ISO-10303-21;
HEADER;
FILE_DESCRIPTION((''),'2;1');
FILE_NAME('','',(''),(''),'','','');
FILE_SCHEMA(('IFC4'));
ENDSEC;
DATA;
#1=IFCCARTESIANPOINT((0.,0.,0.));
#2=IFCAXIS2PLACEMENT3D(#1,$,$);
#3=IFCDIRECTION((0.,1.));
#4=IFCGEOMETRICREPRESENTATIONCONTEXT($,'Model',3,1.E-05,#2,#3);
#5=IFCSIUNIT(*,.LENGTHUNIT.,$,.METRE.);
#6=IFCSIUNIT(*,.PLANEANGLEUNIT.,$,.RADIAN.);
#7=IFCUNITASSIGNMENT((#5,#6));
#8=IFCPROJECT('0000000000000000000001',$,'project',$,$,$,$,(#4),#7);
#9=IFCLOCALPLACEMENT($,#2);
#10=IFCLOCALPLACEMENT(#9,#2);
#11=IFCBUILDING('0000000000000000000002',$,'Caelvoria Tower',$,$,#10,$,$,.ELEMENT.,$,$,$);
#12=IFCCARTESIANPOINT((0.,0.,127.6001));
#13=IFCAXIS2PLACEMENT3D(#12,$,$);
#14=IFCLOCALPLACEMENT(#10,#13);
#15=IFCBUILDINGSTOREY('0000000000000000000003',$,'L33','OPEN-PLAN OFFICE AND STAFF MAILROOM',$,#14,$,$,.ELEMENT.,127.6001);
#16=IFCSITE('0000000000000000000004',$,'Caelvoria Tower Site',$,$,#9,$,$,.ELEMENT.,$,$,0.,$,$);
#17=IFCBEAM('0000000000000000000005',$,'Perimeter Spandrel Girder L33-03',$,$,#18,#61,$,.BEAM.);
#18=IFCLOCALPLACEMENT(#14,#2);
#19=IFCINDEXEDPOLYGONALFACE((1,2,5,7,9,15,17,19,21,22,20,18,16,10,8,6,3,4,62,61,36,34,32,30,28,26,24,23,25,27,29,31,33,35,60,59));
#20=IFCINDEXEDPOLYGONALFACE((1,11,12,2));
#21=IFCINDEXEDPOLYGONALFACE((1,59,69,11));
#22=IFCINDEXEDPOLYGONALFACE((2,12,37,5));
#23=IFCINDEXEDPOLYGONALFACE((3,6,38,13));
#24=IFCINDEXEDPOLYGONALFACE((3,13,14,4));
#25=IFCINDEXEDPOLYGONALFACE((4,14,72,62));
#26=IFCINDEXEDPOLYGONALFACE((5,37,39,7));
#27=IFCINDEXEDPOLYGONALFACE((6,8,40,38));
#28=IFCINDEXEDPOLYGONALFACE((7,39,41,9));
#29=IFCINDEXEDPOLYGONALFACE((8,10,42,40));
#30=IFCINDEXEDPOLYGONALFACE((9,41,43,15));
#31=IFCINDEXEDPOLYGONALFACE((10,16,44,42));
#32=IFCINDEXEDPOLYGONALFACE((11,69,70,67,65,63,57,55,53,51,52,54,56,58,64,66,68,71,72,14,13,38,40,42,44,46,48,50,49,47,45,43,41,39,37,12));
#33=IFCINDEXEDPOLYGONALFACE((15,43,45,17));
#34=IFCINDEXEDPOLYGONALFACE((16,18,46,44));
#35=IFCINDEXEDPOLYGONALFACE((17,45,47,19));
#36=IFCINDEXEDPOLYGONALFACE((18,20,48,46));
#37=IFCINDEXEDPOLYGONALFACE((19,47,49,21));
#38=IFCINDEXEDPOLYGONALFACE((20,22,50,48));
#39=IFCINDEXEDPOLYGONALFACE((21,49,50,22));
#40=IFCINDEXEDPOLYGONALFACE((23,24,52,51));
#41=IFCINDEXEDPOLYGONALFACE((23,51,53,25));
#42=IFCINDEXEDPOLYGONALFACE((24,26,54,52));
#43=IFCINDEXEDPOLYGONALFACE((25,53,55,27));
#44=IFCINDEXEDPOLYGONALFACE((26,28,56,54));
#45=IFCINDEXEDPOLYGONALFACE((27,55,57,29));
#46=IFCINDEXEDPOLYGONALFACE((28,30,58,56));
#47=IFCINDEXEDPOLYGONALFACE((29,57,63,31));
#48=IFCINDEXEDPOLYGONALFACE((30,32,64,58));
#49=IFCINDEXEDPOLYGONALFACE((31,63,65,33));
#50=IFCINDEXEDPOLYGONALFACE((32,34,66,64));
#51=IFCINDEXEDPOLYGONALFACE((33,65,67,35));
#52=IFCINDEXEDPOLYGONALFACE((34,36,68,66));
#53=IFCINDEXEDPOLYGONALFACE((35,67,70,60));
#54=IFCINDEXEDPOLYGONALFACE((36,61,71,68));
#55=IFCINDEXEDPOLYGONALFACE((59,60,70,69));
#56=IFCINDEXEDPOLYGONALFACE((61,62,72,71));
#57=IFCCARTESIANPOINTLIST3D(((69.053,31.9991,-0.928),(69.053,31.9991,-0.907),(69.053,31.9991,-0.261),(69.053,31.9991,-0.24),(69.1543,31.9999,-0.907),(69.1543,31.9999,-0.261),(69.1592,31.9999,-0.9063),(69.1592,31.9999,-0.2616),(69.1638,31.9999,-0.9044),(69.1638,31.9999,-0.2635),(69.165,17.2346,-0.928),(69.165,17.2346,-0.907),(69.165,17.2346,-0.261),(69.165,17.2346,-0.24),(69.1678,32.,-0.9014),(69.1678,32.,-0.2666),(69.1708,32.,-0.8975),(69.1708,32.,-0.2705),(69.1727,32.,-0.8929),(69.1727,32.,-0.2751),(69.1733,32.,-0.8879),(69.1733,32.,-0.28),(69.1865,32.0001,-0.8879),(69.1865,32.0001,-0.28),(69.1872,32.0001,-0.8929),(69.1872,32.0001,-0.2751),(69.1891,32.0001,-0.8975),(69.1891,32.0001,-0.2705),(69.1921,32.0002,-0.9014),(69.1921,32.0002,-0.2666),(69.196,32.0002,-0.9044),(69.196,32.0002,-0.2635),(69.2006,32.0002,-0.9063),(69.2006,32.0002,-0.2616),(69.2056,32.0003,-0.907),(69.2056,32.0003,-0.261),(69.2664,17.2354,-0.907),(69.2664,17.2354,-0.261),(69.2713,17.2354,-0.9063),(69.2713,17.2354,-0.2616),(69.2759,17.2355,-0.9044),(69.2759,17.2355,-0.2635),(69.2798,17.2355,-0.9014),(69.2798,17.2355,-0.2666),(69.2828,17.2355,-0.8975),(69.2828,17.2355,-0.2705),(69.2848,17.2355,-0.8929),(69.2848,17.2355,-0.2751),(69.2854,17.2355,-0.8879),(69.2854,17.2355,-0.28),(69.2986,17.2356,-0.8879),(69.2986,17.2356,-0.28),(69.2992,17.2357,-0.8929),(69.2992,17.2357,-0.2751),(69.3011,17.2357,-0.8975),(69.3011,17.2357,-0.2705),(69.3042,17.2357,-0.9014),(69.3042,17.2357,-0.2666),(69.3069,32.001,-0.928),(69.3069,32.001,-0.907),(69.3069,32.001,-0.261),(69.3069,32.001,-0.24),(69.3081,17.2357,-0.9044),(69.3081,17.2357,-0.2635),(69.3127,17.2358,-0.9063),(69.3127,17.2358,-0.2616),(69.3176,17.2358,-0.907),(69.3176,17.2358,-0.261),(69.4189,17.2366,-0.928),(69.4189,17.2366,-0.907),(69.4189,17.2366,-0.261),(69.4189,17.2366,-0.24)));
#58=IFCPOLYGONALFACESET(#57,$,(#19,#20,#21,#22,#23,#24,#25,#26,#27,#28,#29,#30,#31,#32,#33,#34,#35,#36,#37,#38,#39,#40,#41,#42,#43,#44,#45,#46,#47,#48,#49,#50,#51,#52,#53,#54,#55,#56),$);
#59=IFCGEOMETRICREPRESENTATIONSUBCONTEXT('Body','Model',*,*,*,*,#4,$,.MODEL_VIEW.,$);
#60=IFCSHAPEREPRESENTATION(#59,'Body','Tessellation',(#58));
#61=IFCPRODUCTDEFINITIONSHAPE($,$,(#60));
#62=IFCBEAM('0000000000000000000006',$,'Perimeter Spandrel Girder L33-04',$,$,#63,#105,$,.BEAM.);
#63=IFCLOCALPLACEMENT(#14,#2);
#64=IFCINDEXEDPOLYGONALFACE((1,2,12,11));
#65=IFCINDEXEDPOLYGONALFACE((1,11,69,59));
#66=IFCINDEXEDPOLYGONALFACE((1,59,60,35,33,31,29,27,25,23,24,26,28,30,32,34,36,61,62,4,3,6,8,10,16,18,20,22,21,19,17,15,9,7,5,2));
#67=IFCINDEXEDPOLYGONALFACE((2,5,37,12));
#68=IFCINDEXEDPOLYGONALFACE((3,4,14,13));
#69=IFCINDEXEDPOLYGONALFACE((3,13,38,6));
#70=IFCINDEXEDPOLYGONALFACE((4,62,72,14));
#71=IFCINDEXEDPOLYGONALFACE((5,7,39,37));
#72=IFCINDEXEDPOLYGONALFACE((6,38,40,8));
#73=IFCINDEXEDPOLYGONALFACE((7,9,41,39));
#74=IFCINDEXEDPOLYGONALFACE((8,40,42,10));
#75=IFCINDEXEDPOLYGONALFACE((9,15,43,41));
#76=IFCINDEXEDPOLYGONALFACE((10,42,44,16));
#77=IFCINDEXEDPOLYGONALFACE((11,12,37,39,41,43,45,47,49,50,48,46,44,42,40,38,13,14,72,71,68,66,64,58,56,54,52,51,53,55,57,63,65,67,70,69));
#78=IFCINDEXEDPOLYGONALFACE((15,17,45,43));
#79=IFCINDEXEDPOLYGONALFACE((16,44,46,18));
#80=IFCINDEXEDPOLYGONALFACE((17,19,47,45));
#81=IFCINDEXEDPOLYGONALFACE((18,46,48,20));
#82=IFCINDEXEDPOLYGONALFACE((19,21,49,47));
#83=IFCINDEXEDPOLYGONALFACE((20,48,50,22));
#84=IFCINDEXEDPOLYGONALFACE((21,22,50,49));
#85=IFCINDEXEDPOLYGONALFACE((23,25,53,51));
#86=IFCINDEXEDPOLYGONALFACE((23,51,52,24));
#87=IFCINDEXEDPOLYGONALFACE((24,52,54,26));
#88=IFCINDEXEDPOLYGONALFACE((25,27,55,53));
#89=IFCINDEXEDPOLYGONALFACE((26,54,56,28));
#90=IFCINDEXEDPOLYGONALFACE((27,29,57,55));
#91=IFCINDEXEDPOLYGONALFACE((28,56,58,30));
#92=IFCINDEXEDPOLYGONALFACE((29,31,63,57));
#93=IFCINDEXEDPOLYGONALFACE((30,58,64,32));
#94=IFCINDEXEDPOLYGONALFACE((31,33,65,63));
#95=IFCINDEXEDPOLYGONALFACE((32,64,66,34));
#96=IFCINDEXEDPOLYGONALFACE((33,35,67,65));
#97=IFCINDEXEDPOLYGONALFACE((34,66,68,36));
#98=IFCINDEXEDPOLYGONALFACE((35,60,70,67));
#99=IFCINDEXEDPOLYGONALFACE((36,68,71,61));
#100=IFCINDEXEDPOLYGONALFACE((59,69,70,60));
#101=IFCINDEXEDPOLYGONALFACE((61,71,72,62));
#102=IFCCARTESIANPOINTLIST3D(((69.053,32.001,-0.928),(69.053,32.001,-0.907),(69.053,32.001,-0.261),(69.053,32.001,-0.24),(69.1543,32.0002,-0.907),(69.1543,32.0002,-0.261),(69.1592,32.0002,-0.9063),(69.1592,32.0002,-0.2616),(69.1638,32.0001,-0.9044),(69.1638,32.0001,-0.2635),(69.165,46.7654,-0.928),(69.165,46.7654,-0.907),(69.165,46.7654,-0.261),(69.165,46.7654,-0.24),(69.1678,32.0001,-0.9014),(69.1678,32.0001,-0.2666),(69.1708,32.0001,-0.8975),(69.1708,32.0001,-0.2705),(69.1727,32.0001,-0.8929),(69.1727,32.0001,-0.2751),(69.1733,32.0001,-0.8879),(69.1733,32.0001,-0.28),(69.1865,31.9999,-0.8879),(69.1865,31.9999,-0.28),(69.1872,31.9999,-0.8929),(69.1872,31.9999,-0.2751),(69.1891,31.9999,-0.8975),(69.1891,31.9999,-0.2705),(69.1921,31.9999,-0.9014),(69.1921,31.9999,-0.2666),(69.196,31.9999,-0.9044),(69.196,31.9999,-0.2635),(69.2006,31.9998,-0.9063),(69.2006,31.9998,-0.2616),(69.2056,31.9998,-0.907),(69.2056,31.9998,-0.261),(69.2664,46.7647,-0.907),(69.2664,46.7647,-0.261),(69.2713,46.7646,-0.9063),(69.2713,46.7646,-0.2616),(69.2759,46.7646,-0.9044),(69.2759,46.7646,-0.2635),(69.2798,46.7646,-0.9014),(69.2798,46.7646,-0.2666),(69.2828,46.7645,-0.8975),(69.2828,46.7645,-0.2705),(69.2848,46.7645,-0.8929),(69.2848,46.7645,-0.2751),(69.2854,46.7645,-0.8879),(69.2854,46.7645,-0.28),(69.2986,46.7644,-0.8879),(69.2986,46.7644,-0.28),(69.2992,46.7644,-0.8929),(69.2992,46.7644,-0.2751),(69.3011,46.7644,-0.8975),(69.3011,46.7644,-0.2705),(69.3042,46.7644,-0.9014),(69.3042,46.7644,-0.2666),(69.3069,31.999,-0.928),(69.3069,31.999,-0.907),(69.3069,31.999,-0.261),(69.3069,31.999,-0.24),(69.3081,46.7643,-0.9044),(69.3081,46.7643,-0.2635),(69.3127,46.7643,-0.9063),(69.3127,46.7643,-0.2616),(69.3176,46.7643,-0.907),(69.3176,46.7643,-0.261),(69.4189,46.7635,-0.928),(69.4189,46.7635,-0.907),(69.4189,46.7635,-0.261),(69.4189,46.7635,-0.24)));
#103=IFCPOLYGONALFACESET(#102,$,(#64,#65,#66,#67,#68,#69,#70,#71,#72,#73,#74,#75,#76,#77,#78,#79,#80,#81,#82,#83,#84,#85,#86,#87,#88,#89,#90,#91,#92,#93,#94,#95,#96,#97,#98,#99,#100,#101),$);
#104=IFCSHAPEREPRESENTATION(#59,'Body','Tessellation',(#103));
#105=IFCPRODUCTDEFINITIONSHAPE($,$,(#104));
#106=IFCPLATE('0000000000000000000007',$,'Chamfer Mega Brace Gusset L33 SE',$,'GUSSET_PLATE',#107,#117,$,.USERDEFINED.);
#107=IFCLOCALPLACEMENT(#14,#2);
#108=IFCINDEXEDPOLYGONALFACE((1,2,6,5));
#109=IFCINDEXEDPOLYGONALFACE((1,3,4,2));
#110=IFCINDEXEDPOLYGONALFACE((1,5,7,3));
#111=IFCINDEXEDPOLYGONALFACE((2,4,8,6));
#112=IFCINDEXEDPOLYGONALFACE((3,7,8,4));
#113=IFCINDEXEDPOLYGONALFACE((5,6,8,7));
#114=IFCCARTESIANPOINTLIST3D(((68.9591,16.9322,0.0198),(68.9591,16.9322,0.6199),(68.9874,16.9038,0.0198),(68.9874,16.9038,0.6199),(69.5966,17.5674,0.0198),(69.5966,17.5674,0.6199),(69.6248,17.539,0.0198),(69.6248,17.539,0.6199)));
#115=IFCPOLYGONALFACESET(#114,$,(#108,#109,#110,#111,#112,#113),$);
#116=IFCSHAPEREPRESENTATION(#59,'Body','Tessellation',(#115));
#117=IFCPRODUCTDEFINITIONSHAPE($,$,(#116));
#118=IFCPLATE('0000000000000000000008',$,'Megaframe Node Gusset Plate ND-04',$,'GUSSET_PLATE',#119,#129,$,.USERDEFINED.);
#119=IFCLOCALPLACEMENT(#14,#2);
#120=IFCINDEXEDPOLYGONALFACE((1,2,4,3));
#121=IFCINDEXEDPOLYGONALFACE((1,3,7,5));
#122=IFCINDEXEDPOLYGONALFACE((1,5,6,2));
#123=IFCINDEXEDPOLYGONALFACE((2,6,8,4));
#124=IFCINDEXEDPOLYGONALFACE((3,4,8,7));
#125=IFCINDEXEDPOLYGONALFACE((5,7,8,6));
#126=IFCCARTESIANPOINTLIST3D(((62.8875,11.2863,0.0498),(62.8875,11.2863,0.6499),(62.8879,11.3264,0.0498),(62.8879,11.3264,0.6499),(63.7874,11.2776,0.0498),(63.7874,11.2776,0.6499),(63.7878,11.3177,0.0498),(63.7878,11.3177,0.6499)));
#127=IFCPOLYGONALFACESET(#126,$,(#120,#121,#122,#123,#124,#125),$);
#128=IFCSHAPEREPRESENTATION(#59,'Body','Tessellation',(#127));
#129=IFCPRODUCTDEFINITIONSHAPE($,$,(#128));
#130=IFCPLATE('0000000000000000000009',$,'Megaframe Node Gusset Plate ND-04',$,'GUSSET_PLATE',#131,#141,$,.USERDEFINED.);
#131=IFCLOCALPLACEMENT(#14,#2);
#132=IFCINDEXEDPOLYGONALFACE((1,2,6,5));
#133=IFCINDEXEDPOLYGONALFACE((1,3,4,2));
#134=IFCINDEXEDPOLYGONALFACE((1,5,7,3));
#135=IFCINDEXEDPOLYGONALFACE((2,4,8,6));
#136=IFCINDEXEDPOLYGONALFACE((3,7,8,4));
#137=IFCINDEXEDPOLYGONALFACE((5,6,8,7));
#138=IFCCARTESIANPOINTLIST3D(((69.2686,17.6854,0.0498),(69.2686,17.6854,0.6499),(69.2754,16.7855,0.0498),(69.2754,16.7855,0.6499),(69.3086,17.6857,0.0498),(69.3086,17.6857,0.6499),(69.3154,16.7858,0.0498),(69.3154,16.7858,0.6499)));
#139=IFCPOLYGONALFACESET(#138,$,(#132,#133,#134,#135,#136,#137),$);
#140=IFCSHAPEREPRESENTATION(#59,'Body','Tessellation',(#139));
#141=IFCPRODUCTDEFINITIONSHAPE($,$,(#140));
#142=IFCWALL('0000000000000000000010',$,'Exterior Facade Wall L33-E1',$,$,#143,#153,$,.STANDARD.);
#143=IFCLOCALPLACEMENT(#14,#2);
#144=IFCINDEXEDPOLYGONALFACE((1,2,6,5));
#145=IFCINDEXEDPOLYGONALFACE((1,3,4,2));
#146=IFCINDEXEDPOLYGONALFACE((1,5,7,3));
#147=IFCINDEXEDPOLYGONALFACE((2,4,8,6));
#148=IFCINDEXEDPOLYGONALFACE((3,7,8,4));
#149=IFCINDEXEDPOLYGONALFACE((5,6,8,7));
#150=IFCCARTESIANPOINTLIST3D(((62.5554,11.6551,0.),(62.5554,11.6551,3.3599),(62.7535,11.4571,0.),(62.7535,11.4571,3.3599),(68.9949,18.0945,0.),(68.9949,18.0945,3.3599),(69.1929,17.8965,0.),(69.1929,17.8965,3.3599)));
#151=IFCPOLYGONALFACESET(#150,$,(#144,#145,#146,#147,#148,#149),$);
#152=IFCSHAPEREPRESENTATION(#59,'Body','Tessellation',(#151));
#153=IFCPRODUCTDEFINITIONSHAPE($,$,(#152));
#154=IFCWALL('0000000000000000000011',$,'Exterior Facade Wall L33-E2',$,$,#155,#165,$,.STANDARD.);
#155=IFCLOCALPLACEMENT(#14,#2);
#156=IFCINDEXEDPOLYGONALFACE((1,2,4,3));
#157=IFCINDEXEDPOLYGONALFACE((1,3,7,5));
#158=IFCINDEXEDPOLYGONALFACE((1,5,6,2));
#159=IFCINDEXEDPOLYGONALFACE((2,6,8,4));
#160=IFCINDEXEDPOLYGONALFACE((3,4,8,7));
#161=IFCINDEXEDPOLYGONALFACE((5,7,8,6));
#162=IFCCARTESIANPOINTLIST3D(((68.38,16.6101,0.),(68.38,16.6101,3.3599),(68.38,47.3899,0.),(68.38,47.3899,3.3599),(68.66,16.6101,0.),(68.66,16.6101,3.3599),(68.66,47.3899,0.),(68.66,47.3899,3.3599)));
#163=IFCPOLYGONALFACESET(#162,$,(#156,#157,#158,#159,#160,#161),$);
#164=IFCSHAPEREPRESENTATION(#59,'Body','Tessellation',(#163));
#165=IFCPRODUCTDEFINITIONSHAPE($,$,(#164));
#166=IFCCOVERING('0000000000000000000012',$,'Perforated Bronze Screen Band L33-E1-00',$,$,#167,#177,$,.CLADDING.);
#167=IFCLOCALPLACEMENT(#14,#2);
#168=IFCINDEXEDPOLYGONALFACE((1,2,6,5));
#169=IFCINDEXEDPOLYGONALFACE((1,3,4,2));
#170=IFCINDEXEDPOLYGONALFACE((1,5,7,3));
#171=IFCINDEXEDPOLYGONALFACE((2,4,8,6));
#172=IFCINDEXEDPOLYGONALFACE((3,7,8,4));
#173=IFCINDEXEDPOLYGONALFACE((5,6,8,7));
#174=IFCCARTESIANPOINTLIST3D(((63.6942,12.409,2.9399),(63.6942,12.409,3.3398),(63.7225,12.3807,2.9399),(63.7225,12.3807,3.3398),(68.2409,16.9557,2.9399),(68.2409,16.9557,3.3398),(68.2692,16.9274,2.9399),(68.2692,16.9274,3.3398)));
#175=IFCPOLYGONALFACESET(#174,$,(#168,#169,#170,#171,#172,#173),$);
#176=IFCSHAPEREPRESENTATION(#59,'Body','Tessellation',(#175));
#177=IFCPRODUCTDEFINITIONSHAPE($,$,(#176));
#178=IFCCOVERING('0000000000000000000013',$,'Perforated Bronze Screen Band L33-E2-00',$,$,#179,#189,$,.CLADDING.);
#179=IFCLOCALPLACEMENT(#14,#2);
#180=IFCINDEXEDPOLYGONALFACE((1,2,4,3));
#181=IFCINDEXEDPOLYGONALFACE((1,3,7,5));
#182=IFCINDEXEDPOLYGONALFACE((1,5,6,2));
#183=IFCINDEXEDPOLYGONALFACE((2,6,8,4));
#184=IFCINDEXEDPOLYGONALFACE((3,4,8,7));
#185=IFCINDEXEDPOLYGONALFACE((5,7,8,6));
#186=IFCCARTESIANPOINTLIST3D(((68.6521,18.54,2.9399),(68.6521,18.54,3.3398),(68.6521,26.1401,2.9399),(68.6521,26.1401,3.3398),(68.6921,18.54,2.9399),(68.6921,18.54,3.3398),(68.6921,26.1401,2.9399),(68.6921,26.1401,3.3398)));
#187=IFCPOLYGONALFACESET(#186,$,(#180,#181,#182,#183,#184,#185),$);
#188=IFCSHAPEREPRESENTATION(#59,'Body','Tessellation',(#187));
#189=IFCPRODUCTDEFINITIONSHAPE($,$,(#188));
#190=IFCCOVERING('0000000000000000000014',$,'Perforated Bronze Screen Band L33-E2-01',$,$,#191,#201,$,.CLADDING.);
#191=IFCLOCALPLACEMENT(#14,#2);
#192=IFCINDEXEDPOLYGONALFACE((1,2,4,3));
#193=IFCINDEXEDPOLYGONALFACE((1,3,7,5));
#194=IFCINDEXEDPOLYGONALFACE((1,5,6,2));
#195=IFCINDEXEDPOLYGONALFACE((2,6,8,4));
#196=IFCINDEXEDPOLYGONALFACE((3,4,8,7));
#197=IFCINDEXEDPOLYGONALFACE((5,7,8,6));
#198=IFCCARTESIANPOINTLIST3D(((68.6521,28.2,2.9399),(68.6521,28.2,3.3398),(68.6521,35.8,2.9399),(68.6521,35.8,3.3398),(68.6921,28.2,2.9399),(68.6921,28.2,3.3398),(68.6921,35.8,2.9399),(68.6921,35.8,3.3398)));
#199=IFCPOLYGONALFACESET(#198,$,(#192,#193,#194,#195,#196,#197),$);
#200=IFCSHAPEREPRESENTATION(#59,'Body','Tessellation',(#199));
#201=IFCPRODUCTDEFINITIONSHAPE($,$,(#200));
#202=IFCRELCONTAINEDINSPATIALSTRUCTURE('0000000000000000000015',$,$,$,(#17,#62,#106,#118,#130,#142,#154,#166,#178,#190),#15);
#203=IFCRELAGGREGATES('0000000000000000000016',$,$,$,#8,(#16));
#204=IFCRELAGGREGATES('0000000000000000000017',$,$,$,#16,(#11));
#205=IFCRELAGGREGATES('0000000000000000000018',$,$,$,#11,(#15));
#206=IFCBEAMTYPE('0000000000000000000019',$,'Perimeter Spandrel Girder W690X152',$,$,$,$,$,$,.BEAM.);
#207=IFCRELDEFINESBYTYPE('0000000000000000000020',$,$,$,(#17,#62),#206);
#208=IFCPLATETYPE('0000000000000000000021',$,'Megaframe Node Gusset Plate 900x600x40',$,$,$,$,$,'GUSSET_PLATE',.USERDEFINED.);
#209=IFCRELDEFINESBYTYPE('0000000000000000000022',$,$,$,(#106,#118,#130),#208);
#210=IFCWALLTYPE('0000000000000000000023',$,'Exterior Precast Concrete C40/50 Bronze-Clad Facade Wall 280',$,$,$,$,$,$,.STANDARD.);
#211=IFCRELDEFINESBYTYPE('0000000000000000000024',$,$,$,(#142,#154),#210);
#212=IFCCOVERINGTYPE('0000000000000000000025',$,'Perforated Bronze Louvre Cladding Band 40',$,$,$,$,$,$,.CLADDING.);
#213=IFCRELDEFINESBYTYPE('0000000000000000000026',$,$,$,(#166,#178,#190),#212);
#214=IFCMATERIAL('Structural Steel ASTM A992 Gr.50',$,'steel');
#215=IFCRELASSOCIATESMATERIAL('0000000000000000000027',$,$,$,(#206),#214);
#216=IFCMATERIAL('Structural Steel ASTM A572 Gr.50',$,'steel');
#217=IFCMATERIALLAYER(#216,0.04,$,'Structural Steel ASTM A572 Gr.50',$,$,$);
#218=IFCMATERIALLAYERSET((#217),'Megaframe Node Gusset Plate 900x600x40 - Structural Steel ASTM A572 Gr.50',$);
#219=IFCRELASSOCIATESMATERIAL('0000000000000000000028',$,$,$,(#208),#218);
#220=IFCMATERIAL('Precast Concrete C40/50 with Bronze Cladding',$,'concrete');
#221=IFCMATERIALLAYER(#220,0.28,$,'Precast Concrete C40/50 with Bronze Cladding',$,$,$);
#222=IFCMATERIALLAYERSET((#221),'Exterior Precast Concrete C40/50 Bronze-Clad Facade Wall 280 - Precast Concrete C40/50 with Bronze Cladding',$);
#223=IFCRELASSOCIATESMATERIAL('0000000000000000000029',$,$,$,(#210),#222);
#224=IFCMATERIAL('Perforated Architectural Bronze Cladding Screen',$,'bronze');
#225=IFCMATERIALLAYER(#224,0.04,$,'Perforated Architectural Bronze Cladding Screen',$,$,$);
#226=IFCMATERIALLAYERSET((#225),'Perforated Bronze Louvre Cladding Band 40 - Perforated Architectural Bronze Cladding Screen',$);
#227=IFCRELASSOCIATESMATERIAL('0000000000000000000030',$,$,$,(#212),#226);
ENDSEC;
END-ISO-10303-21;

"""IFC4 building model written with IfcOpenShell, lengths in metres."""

from ifc_helpers import new_model, si_unit, direction, frame, frame_2d, origin, origin_2d, place, context, subcontext, project, spatial, rectangle, i_section, extrude, material, layer, layer_set, material_profile, profile_set, type_object, element, save


model = new_model("IFC4")

# Units and contexts
model_context = context("Model", 3, precision=1e-05, world=origin(), true_north=direction((0.0, 1.0)))
body_context = subcontext(model_context, "Body", "Model", "MODEL_VIEW")
ifc_project = project(units=[si_unit("LENGTHUNIT", "METRE"), si_unit("PLANEANGLEUNIT", "RADIAN")], contexts=[model_context])

# Site, building, storey
site_placement = place(None, origin())
site = spatial("IfcSite", under=ifc_project, at=site_placement, Name="Caelvoria Tower Site", CompositionType="ELEMENT", RefElevation=0.0)
building_placement = place(site_placement, origin())
building = spatial("IfcBuilding", under=site, at=building_placement, Name="Caelvoria Tower", CompositionType="ELEMENT")
storey_placement = place(building_placement, frame((0.0, 0.0, 127.6001)))
storey = spatial("IfcBuildingStorey", under=building, at=storey_placement, Name="L33", Description="OPEN-PLAN OFFICE AND STAFF MAILROOM", CompositionType="ELEMENT", Elevation=127.6001)

# Shared definitions
ifc_material_1 = material(Name="Structural Steel ASTM A572 Gr.50", Category="steel")

# Beams
ifc_material_2 = material(Name="Structural Steel ASTM A992 Gr.50", Category="steel")
ifc_material_profile_1 = material_profile(ifc_material_2, i_section(OverallWidth=0.2539, OverallDepth=0.688, WebThickness=0.0132, FlangeThickness=0.021, FilletRadius=0.019, at=origin_2d()), Name="Structural Steel ASTM A992 Gr.50")
ifc_profile_set_1 = profile_set([ifc_material_profile_1], Name="W690X152 - Structural Steel ASTM A992 Gr.50")
beam_type = type_object("IfcBeamType", Name="Perimeter Spandrel Girder W690X152", PredefinedType="BEAM", material=ifc_profile_set_1)
for number, where, z_axis, x_axis, name in (
    (1, (69.292, 17.2356, -0.584), (-0.00759, 0.999971, 0.0), (-0.999971, -0.00759, 0.0), "Perimeter Spandrel Girder L33-03"),
    (2, (69.1799, 32.0, -0.584), (0.00759, 0.999971, 0.0), (-0.999971, 0.00759, 0.0), "Perimeter Spandrel Girder L33-04"),
):
    element("IfcBeam", number, at=place(storey_placement, frame(where, z_axis=z_axis, x_axis=x_axis)), inside=storey, type_object=beam_type, Name=name, PredefinedType="BEAM", context=body_context, shape_type="SweptSolid", body=[
        extrude(i_section(OverallWidth=0.2539, OverallDepth=0.688, WebThickness=0.0132, FlangeThickness=0.021, FilletRadius=0.019, at=origin_2d()), origin(), (0.0, 0.0, 1.0), 14.7649),
    ])

# Plates
ifc_layer_1 = layer(ifc_material_1, 0.04, Name="Structural Steel ASTM A572 Gr.50")
ifc_layer_set_1 = layer_set([ifc_layer_1], Name="Megaframe Node Gusset Plate 900x600x40 - Structural Steel ASTM A572 Gr.50")
plate_type = type_object("IfcPlateType", Name="Megaframe Node Gusset Plate 900x600x40", ElementType="GUSSET_PLATE", PredefinedType="USERDEFINED", material=ifc_layer_set_1)
for number, where, z_axis, x_axis, name in (
    (3, (69.292, 17.2356, 0.0198), (0.0, 0.0, 1.0), (-0.708331, -0.70588, 0.0), "Chamfer Mega Brace Gusset L33 SE"),
    (4, (63.3376, 11.302, 0.0498), (0.0, 0.0, 1.0), (-0.999953, 0.009695, 0.0), "Megaframe Node Gusset Plate ND-04"),
    (5, (69.292, 17.2356, 0.0498), (0.0, 0.0, 1.0), (-0.007578, 0.999971, 0.0), "Megaframe Node Gusset Plate ND-04"),
):
    element("IfcPlate", number, at=place(storey_placement, frame(where, z_axis=z_axis, x_axis=x_axis)), inside=storey, type_object=plate_type, Name=name, ObjectType="GUSSET_PLATE", PredefinedType="USERDEFINED", context=body_context, shape_type="SweptSolid", body=[
        extrude(rectangle(XDim=0.8999, YDim=0.04, at=origin_2d()), origin(), (0.0, 0.0, 1.0), 0.6001),
    ])

# Walls
ifc_material_3 = material(Name="Precast Concrete C40/50 with Bronze Cladding", Category="concrete")
ifc_layer_2 = layer(ifc_material_3, 0.28, Name="Precast Concrete C40/50 with Bronze Cladding")
ifc_layer_set_2 = layer_set([ifc_layer_2], Name="Exterior Precast Concrete C40/50 Bronze-Clad Facade Wall 280 - Precast Concrete C40/50 with Bronze Cladding")
wall_type = type_object("IfcWallType", Name="Exterior Precast Concrete C40/50 Bronze-Clad Facade Wall 280", PredefinedType="STANDARD", material=ifc_layer_set_2)
wall_1_placement = place(storey_placement, frame((62.6545, 11.5562, 0.0), z_axis=(0.0, 0.0, 1.0), x_axis=(0.707107, 0.707107, 0.0)))
element("IfcWall", 6, at=wall_1_placement, inside=storey, type_object=wall_type, Name="Exterior Facade Wall L33-E1", PredefinedType="STANDARD", context=body_context, shape_type="SweptSolid", body=[
    extrude(rectangle(XDim=9.1067, YDim=0.28, at=frame_2d((4.5532, 0.0))), origin(), (0.0, 0.0, 1.0), 3.3599),
])
wall_2_placement = place(storey_placement, frame((68.52, 16.6101, 0.0), z_axis=(0.0, 0.0, 1.0), x_axis=(0.0, 1.0, 0.0)))
element("IfcWall", 7, at=wall_2_placement, inside=storey, type_object=wall_type, Name="Exterior Facade Wall L33-E2", PredefinedType="STANDARD", context=body_context, shape_type="SweptSolid", body=[
    extrude(rectangle(XDim=30.7798, YDim=0.28, at=frame_2d((15.3899, 0.0))), origin(), (0.0, 0.0, 1.0), 3.3599),
])

# Coverings
ifc_material_4 = material(Name="Perforated Architectural Bronze Cladding Screen", Category="bronze")
ifc_layer_3 = layer(ifc_material_4, 0.04, Name="Perforated Architectural Bronze Cladding Screen")
ifc_layer_set_3 = layer_set([ifc_layer_3], Name="Perforated Bronze Louvre Cladding Band 40 - Perforated Architectural Bronze Cladding Screen")
covering_type = type_object("IfcCoveringType", Name="Perforated Bronze Louvre Cladding Band 40", PredefinedType="CLADDING", material=ifc_layer_set_3)
covering_placement = place(storey_placement, frame((65.9817, 14.6682, 2.9399), z_axis=(0.0, 0.0, 1.0), x_axis=(0.707107, 0.707107, 0.0)))
element("IfcCovering", 8, at=covering_placement, inside=storey, type_object=covering_type, Name="Perforated Bronze Screen Band L33-E1-00", PredefinedType="CLADDING", context=body_context, shape_type="SweptSolid", body=[
    extrude(rectangle(XDim=6.4299, YDim=0.04, at=origin_2d()), origin(), (0.0, 0.0, 1.0), 0.3999),
])
for number, where, z_axis, x_axis, name in (
    (9, (68.6721, 22.3401, 2.9399), (0.0, 0.0, 1.0), (0.0, 1.0, 0.0), "Perforated Bronze Screen Band L33-E2-00"),
    (10, (68.6721, 32.0, 2.9399), (0.0, 0.0, 1.0), (0.0, 1.0, 0.0), "Perforated Bronze Screen Band L33-E2-01"),
):
    element("IfcCovering", number, at=place(storey_placement, frame(where, z_axis=z_axis, x_axis=x_axis)), inside=storey, type_object=covering_type, Name=name, PredefinedType="CLADDING", context=body_context, shape_type="SweptSolid", body=[
        extrude(rectangle(XDim=7.6001, YDim=0.04, at=origin_2d()), origin(), (0.0, 0.0, 1.0), 0.3999),
    ])

save(model, "model.ifc")
